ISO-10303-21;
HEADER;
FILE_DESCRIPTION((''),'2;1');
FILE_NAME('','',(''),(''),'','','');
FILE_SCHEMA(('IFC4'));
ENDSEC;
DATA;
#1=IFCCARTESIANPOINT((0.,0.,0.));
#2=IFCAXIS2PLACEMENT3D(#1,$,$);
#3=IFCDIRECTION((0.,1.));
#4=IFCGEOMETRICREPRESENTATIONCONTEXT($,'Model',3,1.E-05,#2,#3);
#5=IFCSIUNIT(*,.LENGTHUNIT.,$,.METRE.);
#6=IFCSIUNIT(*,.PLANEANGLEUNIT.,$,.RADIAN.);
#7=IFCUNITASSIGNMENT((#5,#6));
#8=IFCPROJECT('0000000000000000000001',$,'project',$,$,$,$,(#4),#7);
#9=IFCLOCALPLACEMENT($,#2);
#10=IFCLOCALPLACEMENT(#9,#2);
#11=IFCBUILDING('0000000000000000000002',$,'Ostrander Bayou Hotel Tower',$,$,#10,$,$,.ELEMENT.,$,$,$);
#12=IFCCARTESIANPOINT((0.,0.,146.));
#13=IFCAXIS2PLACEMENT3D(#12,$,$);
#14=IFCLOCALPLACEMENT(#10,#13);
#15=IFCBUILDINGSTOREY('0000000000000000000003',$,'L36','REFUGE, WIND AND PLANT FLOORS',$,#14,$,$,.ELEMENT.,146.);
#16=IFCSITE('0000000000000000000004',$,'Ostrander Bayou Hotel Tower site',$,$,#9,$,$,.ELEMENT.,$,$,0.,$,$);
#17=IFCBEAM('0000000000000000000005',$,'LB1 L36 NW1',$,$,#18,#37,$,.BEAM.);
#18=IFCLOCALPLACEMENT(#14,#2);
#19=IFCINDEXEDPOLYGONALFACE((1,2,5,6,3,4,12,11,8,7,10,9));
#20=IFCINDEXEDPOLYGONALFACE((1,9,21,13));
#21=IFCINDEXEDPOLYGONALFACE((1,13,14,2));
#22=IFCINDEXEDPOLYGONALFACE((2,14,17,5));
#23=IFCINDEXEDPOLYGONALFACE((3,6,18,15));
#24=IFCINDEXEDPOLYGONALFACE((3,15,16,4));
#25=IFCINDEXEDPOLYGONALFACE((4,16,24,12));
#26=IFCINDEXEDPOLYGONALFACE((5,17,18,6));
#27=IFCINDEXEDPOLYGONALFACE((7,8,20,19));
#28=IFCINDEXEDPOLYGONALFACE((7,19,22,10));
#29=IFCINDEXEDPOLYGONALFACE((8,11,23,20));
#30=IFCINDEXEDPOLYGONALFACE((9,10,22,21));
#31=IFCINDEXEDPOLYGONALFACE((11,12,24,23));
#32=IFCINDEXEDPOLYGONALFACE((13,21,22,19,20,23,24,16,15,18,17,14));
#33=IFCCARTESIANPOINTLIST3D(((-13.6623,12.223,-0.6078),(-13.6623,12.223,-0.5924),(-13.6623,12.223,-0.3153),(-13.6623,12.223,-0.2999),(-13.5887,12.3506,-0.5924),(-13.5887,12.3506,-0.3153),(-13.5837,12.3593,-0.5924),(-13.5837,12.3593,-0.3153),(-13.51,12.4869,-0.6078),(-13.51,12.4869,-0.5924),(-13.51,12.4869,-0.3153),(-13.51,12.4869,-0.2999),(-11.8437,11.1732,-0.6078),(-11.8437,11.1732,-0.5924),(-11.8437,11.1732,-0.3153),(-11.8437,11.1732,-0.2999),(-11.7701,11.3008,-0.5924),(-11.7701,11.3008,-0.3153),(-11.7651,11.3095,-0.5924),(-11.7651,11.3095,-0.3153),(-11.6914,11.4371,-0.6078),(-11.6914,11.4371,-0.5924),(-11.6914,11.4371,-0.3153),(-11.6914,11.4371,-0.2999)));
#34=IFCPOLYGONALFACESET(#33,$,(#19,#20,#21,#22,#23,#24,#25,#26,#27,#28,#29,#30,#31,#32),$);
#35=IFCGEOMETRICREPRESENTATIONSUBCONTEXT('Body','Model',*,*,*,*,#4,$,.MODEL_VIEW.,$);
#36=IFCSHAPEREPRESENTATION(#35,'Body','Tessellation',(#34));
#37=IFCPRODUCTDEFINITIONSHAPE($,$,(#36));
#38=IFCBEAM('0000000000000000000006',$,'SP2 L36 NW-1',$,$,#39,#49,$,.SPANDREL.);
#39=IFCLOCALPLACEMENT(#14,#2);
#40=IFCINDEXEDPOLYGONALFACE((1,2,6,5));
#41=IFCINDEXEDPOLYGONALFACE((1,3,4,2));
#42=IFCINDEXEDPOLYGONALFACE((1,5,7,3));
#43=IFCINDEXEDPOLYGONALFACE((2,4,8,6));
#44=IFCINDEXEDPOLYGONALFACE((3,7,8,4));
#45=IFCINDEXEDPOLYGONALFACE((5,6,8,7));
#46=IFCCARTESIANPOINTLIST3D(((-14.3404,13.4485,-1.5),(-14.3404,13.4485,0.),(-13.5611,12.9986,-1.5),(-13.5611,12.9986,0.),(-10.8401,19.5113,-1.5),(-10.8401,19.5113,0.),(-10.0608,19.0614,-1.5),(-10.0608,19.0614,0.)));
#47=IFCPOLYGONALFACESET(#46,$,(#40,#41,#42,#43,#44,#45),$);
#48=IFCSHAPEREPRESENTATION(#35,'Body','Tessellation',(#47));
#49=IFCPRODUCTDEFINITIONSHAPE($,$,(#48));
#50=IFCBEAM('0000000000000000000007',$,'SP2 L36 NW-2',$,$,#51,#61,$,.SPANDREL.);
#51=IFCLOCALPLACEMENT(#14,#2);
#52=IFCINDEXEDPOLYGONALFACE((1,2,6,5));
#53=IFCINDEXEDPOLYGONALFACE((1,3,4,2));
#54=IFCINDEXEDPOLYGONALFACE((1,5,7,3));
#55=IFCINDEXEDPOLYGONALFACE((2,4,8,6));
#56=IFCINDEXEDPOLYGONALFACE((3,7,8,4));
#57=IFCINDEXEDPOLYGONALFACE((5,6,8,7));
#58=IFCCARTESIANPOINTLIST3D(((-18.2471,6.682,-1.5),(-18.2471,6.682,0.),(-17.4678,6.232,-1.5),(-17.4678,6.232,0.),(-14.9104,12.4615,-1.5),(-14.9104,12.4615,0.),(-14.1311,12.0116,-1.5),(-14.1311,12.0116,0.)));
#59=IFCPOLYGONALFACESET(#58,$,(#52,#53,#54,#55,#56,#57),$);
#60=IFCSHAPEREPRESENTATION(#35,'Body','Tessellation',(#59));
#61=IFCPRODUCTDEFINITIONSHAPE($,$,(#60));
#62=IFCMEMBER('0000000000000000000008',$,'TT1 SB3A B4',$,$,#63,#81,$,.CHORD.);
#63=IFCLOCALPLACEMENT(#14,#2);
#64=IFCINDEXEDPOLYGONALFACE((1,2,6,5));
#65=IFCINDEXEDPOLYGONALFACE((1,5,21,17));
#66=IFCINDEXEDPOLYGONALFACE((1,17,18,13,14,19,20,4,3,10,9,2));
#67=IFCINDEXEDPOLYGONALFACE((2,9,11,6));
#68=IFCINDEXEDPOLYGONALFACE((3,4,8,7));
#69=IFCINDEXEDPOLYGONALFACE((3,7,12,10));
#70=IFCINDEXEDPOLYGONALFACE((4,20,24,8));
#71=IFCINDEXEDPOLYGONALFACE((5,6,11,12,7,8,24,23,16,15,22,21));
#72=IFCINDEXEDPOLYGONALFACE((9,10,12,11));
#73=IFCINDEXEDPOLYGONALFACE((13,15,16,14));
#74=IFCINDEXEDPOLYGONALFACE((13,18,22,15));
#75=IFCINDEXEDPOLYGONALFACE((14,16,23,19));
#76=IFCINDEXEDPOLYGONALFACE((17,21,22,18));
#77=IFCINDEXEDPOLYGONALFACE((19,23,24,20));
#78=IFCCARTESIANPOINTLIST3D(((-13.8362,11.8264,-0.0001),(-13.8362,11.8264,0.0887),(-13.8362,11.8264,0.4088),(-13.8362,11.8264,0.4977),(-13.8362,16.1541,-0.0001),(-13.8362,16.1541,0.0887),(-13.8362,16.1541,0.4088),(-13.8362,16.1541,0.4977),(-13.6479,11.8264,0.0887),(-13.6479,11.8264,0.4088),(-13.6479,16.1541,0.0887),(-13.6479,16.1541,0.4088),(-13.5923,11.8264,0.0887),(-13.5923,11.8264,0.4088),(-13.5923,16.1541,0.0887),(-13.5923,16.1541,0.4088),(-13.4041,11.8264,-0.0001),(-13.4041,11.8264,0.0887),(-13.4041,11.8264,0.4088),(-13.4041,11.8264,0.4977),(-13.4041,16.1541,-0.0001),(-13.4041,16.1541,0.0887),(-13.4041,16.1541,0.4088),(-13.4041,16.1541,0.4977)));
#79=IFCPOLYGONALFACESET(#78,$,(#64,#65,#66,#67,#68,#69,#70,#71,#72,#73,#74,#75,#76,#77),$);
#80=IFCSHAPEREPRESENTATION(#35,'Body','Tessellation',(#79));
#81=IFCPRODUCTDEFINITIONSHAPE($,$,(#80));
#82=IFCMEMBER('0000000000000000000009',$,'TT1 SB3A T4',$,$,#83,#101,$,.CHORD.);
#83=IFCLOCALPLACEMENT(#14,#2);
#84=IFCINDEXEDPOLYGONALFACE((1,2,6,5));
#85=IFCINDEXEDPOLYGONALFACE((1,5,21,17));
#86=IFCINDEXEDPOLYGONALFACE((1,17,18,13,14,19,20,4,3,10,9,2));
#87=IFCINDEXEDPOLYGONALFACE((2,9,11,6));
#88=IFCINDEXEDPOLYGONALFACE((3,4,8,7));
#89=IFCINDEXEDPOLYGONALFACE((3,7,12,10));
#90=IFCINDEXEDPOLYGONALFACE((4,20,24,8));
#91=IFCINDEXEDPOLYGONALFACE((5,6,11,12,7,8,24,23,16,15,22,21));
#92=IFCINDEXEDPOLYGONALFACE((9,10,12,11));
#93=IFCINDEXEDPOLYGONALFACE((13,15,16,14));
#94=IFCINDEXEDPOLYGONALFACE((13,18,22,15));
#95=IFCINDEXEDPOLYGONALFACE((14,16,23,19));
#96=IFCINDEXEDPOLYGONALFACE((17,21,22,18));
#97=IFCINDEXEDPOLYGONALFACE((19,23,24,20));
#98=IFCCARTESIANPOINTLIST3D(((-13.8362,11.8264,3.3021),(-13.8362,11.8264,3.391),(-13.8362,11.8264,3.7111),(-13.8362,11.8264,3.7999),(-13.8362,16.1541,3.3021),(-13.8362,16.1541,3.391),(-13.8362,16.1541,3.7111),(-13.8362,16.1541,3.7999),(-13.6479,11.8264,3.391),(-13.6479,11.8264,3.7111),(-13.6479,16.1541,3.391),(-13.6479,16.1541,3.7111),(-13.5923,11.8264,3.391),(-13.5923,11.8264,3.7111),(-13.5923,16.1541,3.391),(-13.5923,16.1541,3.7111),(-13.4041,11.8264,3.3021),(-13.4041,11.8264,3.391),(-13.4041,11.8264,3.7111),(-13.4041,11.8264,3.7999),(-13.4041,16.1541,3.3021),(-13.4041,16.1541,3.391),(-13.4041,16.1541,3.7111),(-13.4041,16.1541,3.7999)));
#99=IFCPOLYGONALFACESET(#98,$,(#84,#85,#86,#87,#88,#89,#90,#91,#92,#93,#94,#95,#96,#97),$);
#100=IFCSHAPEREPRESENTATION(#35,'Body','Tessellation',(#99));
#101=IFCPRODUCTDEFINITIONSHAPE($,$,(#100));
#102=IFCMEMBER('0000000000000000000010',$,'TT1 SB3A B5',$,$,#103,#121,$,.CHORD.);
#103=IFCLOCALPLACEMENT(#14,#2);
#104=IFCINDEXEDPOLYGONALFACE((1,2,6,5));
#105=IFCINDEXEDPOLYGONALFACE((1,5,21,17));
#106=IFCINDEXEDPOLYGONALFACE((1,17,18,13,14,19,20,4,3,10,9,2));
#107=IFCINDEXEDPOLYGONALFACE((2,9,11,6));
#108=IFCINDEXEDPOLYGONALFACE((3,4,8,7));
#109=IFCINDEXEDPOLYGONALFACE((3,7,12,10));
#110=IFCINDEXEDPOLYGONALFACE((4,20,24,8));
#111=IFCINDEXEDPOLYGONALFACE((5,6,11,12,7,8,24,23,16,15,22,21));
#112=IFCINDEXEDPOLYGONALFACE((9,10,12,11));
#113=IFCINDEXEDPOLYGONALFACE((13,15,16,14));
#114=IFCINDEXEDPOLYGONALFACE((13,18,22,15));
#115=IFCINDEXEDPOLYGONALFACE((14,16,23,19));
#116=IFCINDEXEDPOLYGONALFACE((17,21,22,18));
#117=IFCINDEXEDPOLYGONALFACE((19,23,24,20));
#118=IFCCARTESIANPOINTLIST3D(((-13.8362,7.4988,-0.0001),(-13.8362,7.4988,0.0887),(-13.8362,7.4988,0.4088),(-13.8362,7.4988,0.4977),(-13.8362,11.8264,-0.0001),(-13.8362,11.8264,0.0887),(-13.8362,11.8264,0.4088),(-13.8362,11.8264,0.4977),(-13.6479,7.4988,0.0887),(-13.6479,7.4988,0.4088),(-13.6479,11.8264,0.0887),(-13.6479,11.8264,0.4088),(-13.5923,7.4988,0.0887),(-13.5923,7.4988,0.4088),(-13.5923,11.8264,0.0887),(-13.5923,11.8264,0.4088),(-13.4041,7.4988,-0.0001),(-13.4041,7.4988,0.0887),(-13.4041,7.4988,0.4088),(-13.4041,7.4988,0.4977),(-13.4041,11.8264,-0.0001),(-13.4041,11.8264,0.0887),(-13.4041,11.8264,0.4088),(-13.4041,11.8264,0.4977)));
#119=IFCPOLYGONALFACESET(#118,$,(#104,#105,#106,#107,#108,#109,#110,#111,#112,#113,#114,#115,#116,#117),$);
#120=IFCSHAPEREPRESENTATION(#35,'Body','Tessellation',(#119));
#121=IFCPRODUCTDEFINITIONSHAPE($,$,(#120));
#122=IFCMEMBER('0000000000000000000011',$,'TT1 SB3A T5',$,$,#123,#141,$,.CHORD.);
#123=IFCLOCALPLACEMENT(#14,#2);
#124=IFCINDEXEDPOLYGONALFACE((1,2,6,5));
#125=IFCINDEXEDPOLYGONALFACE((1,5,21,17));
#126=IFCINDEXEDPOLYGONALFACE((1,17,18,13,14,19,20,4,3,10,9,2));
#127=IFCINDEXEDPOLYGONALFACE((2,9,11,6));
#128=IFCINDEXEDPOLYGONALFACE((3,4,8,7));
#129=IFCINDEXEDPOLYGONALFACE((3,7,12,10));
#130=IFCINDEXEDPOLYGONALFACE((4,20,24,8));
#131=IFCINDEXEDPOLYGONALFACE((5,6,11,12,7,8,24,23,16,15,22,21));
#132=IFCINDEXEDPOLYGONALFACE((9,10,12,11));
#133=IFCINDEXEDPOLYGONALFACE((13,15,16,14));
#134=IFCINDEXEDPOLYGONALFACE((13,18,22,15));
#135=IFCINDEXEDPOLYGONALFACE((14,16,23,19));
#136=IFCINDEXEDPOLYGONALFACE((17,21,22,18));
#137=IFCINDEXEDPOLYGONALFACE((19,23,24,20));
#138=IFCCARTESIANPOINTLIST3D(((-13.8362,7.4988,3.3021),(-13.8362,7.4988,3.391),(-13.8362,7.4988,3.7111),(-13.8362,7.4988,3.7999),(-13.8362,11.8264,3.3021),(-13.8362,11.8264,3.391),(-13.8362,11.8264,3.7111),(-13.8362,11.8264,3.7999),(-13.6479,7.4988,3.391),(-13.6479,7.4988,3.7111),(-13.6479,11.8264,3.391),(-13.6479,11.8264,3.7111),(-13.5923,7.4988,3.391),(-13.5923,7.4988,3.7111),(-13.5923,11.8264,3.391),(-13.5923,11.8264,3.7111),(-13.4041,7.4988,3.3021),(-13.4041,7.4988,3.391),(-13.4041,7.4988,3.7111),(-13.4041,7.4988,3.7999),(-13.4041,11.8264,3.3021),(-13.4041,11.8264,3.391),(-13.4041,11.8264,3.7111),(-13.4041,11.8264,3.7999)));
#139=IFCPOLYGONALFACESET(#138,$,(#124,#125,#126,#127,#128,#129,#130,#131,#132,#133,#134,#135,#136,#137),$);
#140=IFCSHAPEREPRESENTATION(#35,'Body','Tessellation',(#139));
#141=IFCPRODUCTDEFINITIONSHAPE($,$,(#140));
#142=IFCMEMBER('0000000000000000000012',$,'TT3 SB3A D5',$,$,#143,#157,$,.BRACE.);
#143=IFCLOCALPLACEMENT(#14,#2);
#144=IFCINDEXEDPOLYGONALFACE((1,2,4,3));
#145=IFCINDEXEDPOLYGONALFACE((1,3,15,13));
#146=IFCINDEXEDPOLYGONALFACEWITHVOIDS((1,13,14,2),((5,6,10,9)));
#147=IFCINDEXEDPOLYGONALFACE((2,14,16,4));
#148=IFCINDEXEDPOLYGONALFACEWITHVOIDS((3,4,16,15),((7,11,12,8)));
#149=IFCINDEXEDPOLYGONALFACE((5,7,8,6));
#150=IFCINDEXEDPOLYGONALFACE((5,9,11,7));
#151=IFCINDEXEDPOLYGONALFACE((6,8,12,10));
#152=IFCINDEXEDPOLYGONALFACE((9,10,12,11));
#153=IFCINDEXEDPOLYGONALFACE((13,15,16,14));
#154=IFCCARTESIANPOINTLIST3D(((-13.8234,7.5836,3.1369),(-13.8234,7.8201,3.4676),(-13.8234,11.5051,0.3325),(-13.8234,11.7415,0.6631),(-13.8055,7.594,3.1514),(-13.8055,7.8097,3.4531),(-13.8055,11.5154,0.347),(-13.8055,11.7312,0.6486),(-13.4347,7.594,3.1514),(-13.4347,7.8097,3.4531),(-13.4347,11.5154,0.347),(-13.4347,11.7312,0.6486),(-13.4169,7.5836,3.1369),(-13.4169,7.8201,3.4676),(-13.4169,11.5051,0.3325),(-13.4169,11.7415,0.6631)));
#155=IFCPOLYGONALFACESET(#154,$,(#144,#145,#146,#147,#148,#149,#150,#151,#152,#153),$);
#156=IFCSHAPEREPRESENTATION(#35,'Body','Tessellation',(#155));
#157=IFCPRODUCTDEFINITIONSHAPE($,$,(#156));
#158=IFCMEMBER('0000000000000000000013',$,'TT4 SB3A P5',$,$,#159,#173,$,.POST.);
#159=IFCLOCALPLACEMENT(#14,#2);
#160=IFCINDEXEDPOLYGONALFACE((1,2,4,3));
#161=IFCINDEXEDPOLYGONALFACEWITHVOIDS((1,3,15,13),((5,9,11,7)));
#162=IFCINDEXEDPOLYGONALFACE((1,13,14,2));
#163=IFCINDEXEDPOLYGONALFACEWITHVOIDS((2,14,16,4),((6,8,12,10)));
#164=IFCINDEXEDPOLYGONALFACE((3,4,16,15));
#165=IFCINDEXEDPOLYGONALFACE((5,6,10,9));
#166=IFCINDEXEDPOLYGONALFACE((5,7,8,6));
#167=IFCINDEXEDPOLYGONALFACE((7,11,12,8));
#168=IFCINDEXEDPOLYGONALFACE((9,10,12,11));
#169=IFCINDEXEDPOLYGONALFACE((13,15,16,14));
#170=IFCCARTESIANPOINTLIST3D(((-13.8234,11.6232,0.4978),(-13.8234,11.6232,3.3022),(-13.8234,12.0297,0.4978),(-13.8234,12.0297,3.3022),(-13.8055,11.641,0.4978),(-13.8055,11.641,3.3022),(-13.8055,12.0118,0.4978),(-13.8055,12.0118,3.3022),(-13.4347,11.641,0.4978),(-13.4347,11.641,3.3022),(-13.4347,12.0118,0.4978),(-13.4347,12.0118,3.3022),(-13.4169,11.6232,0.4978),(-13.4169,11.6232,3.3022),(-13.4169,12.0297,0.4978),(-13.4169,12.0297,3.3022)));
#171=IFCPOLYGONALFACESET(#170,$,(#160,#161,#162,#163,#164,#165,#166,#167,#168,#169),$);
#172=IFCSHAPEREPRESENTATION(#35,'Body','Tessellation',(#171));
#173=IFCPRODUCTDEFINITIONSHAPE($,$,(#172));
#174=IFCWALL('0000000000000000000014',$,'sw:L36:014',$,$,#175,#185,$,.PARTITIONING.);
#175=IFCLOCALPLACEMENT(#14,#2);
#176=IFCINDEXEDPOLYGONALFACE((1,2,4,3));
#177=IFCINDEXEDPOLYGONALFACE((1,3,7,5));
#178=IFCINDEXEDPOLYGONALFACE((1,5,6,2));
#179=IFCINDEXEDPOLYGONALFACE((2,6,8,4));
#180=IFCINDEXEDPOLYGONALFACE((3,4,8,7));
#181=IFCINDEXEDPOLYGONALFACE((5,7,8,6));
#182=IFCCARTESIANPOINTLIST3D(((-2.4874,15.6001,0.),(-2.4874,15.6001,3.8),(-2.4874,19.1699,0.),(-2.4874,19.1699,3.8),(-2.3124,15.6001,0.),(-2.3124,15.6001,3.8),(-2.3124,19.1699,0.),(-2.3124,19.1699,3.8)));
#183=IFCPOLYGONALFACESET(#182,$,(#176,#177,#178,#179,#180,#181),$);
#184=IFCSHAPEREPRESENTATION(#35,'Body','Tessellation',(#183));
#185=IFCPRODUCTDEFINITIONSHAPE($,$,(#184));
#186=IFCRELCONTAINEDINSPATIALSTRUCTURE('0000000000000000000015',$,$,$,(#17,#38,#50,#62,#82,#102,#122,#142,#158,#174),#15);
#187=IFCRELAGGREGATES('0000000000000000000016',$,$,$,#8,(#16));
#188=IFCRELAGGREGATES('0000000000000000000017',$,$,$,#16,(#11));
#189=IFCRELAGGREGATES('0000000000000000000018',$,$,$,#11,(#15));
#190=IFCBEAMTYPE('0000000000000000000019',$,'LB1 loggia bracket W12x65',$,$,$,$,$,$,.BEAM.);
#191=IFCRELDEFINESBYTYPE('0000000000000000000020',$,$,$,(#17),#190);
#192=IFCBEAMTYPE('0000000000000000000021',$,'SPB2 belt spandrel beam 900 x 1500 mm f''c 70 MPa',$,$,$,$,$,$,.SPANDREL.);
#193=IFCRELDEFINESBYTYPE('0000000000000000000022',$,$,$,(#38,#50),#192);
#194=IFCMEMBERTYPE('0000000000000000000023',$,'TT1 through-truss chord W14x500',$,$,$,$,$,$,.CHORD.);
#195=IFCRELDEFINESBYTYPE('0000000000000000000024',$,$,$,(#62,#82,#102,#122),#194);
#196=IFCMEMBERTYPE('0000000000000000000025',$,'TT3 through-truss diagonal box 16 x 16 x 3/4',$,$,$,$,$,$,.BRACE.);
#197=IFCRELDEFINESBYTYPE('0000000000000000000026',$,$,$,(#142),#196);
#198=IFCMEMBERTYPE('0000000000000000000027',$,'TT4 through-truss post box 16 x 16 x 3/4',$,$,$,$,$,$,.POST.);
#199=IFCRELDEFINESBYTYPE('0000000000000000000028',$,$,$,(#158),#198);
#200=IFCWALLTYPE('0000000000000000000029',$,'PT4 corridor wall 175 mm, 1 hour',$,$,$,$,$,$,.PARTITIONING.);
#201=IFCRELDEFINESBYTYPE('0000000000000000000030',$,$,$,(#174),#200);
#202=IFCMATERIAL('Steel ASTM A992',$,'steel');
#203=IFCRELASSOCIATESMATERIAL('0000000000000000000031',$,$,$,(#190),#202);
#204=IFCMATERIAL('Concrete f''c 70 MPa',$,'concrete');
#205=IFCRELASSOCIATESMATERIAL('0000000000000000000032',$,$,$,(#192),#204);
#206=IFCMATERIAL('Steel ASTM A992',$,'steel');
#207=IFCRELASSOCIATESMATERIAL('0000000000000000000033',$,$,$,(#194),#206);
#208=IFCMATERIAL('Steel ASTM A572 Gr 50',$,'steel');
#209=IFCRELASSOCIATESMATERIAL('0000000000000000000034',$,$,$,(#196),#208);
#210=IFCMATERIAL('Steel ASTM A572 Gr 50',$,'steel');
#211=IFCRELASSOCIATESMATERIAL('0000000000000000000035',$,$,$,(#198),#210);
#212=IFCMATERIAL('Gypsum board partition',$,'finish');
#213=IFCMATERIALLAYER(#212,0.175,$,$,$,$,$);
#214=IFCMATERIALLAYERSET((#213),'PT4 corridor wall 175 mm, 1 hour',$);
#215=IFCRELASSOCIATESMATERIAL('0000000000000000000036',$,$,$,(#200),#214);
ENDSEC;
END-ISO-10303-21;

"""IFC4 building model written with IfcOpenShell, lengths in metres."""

from ifc_helpers import new_model, si_unit, direction, frame, frame_2d, origin, origin_2d, place, context, subcontext, project, spatial, rectangle, hollow_rectangle, i_section, extrude, material, layer, layer_set, material_profile, profile_set, type_object, element, save


model = new_model("IFC4")

# Units and contexts
model_context = context("Model", 3, precision=1e-05, world=origin(), true_north=direction((0.0, 1.0)))
body_context = subcontext(model_context, "Body", "Model", "MODEL_VIEW")
ifc_project = project(units=[si_unit("LENGTHUNIT", "METRE"), si_unit("PLANEANGLEUNIT", "RADIAN")], contexts=[model_context])

# Site, building, storey
site_placement = place(None, origin())
site = spatial("IfcSite", under=ifc_project, at=site_placement, Name="Ostrander Bayou Hotel Tower site", CompositionType="ELEMENT", RefElevation=0.0)
building_placement = place(site_placement, origin())
building = spatial("IfcBuilding", under=site, at=building_placement, Name="Ostrander Bayou Hotel Tower", CompositionType="ELEMENT")
storey_placement = place(building_placement, frame((0.0, 0.0, 146.0)))
storey = spatial("IfcBuildingStorey", under=building, at=storey_placement, Name="L36", Description="REFUGE, WIND AND PLANT FLOORS", CompositionType="ELEMENT", Elevation=146.0)

# Beams
ifc_material_1 = material(Name="Steel ASTM A992", Category="steel")
ifc_material_profile_1 = material_profile(ifc_material_1, i_section(OverallWidth=0.3047, OverallDepth=0.3079, WebThickness=0.01, FlangeThickness=0.0154, at=origin_2d()))
ifc_profile_set_1 = profile_set([ifc_material_profile_1], Name="Steel ASTM A992")
beam_type_1 = type_object("IfcBeamType", Name="LB1 loggia bracket W12x65", PredefinedType="BEAM", material=ifc_profile_set_1)
beam_1_placement = place(storey_placement, frame((-13.5862, 12.355, -0.4539), z_axis=(0.86606, -0.499941, 0.0), x_axis=(0.499941, 0.86606, 0.0)))
element("IfcBeam", 1, at=beam_1_placement, inside=storey, type_object=beam_type_1, Name="LB1 L36 NW1", PredefinedType="BEAM", context=body_context, shape_type="SweptSolid", body=[
    extrude(i_section(OverallWidth=0.3047, OverallDepth=0.3079, WebThickness=0.01, FlangeThickness=0.0154, at=origin_2d()), origin(), (0.0, 0.0, 1.0), 2.0999),
])
ifc_material_2 = material(Name="Concrete f'c 70 MPa", Category="concrete")
ifc_material_profile_2 = material_profile(ifc_material_2, rectangle(XDim=0.8999, YDim=1.5, at=origin_2d()))
ifc_profile_set_2 = profile_set([ifc_material_profile_2], Name="Concrete f'c 70 MPa")
beam_type_2 = type_object("IfcBeamType", Name="SPB2 belt spandrel beam 900 x 1500 mm f'c 70 MPa", PredefinedType="SPANDREL", material=ifc_profile_set_2)
beam_2_placement = place(storey_placement, frame((-10.4504, 19.2864, -0.75), z_axis=(-0.499991, -0.866031, 0.0), x_axis=(0.866031, -0.499991, 0.0)))
element("IfcBeam", 2, at=beam_2_placement, inside=storey, type_object=beam_type_2, Name="SP2 L36 NW-1", PredefinedType="SPANDREL", context=body_context, shape_type="SweptSolid", body=[
    extrude(rectangle(XDim=0.8999, YDim=1.5, at=origin_2d()), origin(), (0.0, 0.0, 1.0), 7.0007),
])
beam_3_placement = place(storey_placement, frame((-14.5208, 12.2366, -0.75), z_axis=(-0.499983, -0.866035, 0.0), x_axis=(0.866035, -0.499983, 0.0)))
element("IfcBeam", 3, at=beam_3_placement, inside=storey, type_object=beam_type_2, Name="SP2 L36 NW-2", PredefinedType="SPANDREL", context=body_context, shape_type="SweptSolid", body=[
    extrude(rectangle(XDim=0.8999, YDim=1.5, at=origin_2d()), origin(), (0.0, 0.0, 1.0), 6.6736),
])

# Members
ifc_material_3 = material(Name="Steel ASTM A992", Category="steel")
ifc_material_profile_3 = material_profile(ifc_material_3, i_section(OverallWidth=0.4321, OverallDepth=0.4978, WebThickness=0.0557, FlangeThickness=0.0889, at=origin_2d()))
ifc_profile_set_3 = profile_set([ifc_material_profile_3], Name="Steel ASTM A992")
member_type_1 = type_object("IfcMemberType", Name="TT1 through-truss chord W14x500", PredefinedType="CHORD", material=ifc_profile_set_3)
for number, where, z_axis, x_axis, name in (
    (4, (-13.6201, 16.1541, 0.2488), (0.0, -1.0, 0.0), (1.0, 0.0, 0.0), "TT1 SB3A B4"),
    (5, (-13.6201, 16.1541, 3.551), (0.0, -1.0, 0.0), (1.0, 0.0, 0.0), "TT1 SB3A T4"),
    (6, (-13.6201, 11.8264, 0.2488), (0.0, -1.0, 0.0), (1.0, 0.0, 0.0), "TT1 SB3A B5"),
    (7, (-13.6201, 11.8264, 3.551), (0.0, -1.0, 0.0), (1.0, 0.0, 0.0), "TT1 SB3A T5"),
):
    element("IfcMember", number, at=place(storey_placement, frame(where, z_axis=z_axis, x_axis=x_axis)), inside=storey, type_object=member_type_1, Name=name, PredefinedType="CHORD", context=body_context, shape_type="SweptSolid", body=[
        extrude(i_section(OverallWidth=0.4321, OverallDepth=0.4978, WebThickness=0.0557, FlangeThickness=0.0889, at=origin_2d()), origin(), (0.0, 0.0, 1.0), 4.3276),
    ])
ifc_material_4 = material(Name="Steel ASTM A572 Gr 50", Category="steel")
ifc_material_profile_4 = material_profile(ifc_material_4, hollow_rectangle(XDim=0.4065, YDim=0.4065, WallThickness=0.0178, at=origin_2d()))
ifc_profile_set_4 = profile_set([ifc_material_profile_4], Name="Steel ASTM A572 Gr 50")
member_type_2 = type_object("IfcMemberType", Name="TT3 through-truss diagonal box 16 x 16 x 3/4", PredefinedType="BRACE", material=ifc_profile_set_4)
member_1_placement = place(storey_placement, frame((-13.6201, 11.6233, 0.4978), z_axis=(0.0, -0.813395, 0.581712), x_axis=(1.0, 0.0, 0.0)))
element("IfcMember", 8, at=member_1_placement, inside=storey, type_object=member_type_2, Name="TT3 SB3A D5", PredefinedType="BRACE", context=body_context, shape_type="SweptSolid", body=[
    extrude(hollow_rectangle(XDim=0.4065, YDim=0.4065, WallThickness=0.0178, at=origin_2d()), origin(), (0.0, 0.0, 1.0), 4.821),
])
ifc_material_5 = material(Name="Steel ASTM A572 Gr 50", Category="steel")
ifc_material_profile_5 = material_profile(ifc_material_5, hollow_rectangle(XDim=0.4065, YDim=0.4065, WallThickness=0.0178, at=origin_2d()))
ifc_profile_set_5 = profile_set([ifc_material_profile_5], Name="Steel ASTM A572 Gr 50")
member_type_3 = type_object("IfcMemberType", Name="TT4 through-truss post box 16 x 16 x 3/4", PredefinedType="POST", material=ifc_profile_set_5)
member_2_placement = place(storey_placement, frame((-13.6201, 11.8264, 0.4978), z_axis=(0.0, 0.0, 1.0), x_axis=(1.0, 0.0, 0.0)))
element("IfcMember", 9, at=member_2_placement, inside=storey, type_object=member_type_3, Name="TT4 SB3A P5", PredefinedType="POST", context=body_context, shape_type="SweptSolid", body=[
    extrude(hollow_rectangle(XDim=0.4065, YDim=0.4065, WallThickness=0.0178, at=origin_2d()), origin(), (0.0, 0.0, 1.0), 2.8044),
])

# Shared definitions
ifc_material_6 = material(Name="Gypsum board partition", Category="finish")
ifc_layer_1 = layer(ifc_material_6, 0.175)
ifc_layer_set_1 = layer_set([ifc_layer_1], Name="PT4 corridor wall 175 mm, 1 hour")
wall_type_1 = type_object("IfcWallType", Name="PT4 corridor wall 175 mm, 1 hour", PredefinedType="PARTITIONING", material=ifc_layer_set_1)

# Wall
wall_1_placement = place(storey_placement, frame((-2.3999, 15.6001, 0.0), z_axis=(0.0, 0.0, 1.0), x_axis=(0.0, 1.0, 0.0)))
element("IfcWall", 10, at=wall_1_placement, inside=storey, type_object=wall_type_1, Name="sw:L36:014", PredefinedType="PARTITIONING", context=body_context, shape_type="SweptSolid", body=[
    extrude(rectangle(XDim=3.5698, YDim=0.175, at=frame_2d((1.7849, 0.0))), origin(), (0.0, 0.0, 1.0), 3.8),
])

save(model, "model.ifc")
